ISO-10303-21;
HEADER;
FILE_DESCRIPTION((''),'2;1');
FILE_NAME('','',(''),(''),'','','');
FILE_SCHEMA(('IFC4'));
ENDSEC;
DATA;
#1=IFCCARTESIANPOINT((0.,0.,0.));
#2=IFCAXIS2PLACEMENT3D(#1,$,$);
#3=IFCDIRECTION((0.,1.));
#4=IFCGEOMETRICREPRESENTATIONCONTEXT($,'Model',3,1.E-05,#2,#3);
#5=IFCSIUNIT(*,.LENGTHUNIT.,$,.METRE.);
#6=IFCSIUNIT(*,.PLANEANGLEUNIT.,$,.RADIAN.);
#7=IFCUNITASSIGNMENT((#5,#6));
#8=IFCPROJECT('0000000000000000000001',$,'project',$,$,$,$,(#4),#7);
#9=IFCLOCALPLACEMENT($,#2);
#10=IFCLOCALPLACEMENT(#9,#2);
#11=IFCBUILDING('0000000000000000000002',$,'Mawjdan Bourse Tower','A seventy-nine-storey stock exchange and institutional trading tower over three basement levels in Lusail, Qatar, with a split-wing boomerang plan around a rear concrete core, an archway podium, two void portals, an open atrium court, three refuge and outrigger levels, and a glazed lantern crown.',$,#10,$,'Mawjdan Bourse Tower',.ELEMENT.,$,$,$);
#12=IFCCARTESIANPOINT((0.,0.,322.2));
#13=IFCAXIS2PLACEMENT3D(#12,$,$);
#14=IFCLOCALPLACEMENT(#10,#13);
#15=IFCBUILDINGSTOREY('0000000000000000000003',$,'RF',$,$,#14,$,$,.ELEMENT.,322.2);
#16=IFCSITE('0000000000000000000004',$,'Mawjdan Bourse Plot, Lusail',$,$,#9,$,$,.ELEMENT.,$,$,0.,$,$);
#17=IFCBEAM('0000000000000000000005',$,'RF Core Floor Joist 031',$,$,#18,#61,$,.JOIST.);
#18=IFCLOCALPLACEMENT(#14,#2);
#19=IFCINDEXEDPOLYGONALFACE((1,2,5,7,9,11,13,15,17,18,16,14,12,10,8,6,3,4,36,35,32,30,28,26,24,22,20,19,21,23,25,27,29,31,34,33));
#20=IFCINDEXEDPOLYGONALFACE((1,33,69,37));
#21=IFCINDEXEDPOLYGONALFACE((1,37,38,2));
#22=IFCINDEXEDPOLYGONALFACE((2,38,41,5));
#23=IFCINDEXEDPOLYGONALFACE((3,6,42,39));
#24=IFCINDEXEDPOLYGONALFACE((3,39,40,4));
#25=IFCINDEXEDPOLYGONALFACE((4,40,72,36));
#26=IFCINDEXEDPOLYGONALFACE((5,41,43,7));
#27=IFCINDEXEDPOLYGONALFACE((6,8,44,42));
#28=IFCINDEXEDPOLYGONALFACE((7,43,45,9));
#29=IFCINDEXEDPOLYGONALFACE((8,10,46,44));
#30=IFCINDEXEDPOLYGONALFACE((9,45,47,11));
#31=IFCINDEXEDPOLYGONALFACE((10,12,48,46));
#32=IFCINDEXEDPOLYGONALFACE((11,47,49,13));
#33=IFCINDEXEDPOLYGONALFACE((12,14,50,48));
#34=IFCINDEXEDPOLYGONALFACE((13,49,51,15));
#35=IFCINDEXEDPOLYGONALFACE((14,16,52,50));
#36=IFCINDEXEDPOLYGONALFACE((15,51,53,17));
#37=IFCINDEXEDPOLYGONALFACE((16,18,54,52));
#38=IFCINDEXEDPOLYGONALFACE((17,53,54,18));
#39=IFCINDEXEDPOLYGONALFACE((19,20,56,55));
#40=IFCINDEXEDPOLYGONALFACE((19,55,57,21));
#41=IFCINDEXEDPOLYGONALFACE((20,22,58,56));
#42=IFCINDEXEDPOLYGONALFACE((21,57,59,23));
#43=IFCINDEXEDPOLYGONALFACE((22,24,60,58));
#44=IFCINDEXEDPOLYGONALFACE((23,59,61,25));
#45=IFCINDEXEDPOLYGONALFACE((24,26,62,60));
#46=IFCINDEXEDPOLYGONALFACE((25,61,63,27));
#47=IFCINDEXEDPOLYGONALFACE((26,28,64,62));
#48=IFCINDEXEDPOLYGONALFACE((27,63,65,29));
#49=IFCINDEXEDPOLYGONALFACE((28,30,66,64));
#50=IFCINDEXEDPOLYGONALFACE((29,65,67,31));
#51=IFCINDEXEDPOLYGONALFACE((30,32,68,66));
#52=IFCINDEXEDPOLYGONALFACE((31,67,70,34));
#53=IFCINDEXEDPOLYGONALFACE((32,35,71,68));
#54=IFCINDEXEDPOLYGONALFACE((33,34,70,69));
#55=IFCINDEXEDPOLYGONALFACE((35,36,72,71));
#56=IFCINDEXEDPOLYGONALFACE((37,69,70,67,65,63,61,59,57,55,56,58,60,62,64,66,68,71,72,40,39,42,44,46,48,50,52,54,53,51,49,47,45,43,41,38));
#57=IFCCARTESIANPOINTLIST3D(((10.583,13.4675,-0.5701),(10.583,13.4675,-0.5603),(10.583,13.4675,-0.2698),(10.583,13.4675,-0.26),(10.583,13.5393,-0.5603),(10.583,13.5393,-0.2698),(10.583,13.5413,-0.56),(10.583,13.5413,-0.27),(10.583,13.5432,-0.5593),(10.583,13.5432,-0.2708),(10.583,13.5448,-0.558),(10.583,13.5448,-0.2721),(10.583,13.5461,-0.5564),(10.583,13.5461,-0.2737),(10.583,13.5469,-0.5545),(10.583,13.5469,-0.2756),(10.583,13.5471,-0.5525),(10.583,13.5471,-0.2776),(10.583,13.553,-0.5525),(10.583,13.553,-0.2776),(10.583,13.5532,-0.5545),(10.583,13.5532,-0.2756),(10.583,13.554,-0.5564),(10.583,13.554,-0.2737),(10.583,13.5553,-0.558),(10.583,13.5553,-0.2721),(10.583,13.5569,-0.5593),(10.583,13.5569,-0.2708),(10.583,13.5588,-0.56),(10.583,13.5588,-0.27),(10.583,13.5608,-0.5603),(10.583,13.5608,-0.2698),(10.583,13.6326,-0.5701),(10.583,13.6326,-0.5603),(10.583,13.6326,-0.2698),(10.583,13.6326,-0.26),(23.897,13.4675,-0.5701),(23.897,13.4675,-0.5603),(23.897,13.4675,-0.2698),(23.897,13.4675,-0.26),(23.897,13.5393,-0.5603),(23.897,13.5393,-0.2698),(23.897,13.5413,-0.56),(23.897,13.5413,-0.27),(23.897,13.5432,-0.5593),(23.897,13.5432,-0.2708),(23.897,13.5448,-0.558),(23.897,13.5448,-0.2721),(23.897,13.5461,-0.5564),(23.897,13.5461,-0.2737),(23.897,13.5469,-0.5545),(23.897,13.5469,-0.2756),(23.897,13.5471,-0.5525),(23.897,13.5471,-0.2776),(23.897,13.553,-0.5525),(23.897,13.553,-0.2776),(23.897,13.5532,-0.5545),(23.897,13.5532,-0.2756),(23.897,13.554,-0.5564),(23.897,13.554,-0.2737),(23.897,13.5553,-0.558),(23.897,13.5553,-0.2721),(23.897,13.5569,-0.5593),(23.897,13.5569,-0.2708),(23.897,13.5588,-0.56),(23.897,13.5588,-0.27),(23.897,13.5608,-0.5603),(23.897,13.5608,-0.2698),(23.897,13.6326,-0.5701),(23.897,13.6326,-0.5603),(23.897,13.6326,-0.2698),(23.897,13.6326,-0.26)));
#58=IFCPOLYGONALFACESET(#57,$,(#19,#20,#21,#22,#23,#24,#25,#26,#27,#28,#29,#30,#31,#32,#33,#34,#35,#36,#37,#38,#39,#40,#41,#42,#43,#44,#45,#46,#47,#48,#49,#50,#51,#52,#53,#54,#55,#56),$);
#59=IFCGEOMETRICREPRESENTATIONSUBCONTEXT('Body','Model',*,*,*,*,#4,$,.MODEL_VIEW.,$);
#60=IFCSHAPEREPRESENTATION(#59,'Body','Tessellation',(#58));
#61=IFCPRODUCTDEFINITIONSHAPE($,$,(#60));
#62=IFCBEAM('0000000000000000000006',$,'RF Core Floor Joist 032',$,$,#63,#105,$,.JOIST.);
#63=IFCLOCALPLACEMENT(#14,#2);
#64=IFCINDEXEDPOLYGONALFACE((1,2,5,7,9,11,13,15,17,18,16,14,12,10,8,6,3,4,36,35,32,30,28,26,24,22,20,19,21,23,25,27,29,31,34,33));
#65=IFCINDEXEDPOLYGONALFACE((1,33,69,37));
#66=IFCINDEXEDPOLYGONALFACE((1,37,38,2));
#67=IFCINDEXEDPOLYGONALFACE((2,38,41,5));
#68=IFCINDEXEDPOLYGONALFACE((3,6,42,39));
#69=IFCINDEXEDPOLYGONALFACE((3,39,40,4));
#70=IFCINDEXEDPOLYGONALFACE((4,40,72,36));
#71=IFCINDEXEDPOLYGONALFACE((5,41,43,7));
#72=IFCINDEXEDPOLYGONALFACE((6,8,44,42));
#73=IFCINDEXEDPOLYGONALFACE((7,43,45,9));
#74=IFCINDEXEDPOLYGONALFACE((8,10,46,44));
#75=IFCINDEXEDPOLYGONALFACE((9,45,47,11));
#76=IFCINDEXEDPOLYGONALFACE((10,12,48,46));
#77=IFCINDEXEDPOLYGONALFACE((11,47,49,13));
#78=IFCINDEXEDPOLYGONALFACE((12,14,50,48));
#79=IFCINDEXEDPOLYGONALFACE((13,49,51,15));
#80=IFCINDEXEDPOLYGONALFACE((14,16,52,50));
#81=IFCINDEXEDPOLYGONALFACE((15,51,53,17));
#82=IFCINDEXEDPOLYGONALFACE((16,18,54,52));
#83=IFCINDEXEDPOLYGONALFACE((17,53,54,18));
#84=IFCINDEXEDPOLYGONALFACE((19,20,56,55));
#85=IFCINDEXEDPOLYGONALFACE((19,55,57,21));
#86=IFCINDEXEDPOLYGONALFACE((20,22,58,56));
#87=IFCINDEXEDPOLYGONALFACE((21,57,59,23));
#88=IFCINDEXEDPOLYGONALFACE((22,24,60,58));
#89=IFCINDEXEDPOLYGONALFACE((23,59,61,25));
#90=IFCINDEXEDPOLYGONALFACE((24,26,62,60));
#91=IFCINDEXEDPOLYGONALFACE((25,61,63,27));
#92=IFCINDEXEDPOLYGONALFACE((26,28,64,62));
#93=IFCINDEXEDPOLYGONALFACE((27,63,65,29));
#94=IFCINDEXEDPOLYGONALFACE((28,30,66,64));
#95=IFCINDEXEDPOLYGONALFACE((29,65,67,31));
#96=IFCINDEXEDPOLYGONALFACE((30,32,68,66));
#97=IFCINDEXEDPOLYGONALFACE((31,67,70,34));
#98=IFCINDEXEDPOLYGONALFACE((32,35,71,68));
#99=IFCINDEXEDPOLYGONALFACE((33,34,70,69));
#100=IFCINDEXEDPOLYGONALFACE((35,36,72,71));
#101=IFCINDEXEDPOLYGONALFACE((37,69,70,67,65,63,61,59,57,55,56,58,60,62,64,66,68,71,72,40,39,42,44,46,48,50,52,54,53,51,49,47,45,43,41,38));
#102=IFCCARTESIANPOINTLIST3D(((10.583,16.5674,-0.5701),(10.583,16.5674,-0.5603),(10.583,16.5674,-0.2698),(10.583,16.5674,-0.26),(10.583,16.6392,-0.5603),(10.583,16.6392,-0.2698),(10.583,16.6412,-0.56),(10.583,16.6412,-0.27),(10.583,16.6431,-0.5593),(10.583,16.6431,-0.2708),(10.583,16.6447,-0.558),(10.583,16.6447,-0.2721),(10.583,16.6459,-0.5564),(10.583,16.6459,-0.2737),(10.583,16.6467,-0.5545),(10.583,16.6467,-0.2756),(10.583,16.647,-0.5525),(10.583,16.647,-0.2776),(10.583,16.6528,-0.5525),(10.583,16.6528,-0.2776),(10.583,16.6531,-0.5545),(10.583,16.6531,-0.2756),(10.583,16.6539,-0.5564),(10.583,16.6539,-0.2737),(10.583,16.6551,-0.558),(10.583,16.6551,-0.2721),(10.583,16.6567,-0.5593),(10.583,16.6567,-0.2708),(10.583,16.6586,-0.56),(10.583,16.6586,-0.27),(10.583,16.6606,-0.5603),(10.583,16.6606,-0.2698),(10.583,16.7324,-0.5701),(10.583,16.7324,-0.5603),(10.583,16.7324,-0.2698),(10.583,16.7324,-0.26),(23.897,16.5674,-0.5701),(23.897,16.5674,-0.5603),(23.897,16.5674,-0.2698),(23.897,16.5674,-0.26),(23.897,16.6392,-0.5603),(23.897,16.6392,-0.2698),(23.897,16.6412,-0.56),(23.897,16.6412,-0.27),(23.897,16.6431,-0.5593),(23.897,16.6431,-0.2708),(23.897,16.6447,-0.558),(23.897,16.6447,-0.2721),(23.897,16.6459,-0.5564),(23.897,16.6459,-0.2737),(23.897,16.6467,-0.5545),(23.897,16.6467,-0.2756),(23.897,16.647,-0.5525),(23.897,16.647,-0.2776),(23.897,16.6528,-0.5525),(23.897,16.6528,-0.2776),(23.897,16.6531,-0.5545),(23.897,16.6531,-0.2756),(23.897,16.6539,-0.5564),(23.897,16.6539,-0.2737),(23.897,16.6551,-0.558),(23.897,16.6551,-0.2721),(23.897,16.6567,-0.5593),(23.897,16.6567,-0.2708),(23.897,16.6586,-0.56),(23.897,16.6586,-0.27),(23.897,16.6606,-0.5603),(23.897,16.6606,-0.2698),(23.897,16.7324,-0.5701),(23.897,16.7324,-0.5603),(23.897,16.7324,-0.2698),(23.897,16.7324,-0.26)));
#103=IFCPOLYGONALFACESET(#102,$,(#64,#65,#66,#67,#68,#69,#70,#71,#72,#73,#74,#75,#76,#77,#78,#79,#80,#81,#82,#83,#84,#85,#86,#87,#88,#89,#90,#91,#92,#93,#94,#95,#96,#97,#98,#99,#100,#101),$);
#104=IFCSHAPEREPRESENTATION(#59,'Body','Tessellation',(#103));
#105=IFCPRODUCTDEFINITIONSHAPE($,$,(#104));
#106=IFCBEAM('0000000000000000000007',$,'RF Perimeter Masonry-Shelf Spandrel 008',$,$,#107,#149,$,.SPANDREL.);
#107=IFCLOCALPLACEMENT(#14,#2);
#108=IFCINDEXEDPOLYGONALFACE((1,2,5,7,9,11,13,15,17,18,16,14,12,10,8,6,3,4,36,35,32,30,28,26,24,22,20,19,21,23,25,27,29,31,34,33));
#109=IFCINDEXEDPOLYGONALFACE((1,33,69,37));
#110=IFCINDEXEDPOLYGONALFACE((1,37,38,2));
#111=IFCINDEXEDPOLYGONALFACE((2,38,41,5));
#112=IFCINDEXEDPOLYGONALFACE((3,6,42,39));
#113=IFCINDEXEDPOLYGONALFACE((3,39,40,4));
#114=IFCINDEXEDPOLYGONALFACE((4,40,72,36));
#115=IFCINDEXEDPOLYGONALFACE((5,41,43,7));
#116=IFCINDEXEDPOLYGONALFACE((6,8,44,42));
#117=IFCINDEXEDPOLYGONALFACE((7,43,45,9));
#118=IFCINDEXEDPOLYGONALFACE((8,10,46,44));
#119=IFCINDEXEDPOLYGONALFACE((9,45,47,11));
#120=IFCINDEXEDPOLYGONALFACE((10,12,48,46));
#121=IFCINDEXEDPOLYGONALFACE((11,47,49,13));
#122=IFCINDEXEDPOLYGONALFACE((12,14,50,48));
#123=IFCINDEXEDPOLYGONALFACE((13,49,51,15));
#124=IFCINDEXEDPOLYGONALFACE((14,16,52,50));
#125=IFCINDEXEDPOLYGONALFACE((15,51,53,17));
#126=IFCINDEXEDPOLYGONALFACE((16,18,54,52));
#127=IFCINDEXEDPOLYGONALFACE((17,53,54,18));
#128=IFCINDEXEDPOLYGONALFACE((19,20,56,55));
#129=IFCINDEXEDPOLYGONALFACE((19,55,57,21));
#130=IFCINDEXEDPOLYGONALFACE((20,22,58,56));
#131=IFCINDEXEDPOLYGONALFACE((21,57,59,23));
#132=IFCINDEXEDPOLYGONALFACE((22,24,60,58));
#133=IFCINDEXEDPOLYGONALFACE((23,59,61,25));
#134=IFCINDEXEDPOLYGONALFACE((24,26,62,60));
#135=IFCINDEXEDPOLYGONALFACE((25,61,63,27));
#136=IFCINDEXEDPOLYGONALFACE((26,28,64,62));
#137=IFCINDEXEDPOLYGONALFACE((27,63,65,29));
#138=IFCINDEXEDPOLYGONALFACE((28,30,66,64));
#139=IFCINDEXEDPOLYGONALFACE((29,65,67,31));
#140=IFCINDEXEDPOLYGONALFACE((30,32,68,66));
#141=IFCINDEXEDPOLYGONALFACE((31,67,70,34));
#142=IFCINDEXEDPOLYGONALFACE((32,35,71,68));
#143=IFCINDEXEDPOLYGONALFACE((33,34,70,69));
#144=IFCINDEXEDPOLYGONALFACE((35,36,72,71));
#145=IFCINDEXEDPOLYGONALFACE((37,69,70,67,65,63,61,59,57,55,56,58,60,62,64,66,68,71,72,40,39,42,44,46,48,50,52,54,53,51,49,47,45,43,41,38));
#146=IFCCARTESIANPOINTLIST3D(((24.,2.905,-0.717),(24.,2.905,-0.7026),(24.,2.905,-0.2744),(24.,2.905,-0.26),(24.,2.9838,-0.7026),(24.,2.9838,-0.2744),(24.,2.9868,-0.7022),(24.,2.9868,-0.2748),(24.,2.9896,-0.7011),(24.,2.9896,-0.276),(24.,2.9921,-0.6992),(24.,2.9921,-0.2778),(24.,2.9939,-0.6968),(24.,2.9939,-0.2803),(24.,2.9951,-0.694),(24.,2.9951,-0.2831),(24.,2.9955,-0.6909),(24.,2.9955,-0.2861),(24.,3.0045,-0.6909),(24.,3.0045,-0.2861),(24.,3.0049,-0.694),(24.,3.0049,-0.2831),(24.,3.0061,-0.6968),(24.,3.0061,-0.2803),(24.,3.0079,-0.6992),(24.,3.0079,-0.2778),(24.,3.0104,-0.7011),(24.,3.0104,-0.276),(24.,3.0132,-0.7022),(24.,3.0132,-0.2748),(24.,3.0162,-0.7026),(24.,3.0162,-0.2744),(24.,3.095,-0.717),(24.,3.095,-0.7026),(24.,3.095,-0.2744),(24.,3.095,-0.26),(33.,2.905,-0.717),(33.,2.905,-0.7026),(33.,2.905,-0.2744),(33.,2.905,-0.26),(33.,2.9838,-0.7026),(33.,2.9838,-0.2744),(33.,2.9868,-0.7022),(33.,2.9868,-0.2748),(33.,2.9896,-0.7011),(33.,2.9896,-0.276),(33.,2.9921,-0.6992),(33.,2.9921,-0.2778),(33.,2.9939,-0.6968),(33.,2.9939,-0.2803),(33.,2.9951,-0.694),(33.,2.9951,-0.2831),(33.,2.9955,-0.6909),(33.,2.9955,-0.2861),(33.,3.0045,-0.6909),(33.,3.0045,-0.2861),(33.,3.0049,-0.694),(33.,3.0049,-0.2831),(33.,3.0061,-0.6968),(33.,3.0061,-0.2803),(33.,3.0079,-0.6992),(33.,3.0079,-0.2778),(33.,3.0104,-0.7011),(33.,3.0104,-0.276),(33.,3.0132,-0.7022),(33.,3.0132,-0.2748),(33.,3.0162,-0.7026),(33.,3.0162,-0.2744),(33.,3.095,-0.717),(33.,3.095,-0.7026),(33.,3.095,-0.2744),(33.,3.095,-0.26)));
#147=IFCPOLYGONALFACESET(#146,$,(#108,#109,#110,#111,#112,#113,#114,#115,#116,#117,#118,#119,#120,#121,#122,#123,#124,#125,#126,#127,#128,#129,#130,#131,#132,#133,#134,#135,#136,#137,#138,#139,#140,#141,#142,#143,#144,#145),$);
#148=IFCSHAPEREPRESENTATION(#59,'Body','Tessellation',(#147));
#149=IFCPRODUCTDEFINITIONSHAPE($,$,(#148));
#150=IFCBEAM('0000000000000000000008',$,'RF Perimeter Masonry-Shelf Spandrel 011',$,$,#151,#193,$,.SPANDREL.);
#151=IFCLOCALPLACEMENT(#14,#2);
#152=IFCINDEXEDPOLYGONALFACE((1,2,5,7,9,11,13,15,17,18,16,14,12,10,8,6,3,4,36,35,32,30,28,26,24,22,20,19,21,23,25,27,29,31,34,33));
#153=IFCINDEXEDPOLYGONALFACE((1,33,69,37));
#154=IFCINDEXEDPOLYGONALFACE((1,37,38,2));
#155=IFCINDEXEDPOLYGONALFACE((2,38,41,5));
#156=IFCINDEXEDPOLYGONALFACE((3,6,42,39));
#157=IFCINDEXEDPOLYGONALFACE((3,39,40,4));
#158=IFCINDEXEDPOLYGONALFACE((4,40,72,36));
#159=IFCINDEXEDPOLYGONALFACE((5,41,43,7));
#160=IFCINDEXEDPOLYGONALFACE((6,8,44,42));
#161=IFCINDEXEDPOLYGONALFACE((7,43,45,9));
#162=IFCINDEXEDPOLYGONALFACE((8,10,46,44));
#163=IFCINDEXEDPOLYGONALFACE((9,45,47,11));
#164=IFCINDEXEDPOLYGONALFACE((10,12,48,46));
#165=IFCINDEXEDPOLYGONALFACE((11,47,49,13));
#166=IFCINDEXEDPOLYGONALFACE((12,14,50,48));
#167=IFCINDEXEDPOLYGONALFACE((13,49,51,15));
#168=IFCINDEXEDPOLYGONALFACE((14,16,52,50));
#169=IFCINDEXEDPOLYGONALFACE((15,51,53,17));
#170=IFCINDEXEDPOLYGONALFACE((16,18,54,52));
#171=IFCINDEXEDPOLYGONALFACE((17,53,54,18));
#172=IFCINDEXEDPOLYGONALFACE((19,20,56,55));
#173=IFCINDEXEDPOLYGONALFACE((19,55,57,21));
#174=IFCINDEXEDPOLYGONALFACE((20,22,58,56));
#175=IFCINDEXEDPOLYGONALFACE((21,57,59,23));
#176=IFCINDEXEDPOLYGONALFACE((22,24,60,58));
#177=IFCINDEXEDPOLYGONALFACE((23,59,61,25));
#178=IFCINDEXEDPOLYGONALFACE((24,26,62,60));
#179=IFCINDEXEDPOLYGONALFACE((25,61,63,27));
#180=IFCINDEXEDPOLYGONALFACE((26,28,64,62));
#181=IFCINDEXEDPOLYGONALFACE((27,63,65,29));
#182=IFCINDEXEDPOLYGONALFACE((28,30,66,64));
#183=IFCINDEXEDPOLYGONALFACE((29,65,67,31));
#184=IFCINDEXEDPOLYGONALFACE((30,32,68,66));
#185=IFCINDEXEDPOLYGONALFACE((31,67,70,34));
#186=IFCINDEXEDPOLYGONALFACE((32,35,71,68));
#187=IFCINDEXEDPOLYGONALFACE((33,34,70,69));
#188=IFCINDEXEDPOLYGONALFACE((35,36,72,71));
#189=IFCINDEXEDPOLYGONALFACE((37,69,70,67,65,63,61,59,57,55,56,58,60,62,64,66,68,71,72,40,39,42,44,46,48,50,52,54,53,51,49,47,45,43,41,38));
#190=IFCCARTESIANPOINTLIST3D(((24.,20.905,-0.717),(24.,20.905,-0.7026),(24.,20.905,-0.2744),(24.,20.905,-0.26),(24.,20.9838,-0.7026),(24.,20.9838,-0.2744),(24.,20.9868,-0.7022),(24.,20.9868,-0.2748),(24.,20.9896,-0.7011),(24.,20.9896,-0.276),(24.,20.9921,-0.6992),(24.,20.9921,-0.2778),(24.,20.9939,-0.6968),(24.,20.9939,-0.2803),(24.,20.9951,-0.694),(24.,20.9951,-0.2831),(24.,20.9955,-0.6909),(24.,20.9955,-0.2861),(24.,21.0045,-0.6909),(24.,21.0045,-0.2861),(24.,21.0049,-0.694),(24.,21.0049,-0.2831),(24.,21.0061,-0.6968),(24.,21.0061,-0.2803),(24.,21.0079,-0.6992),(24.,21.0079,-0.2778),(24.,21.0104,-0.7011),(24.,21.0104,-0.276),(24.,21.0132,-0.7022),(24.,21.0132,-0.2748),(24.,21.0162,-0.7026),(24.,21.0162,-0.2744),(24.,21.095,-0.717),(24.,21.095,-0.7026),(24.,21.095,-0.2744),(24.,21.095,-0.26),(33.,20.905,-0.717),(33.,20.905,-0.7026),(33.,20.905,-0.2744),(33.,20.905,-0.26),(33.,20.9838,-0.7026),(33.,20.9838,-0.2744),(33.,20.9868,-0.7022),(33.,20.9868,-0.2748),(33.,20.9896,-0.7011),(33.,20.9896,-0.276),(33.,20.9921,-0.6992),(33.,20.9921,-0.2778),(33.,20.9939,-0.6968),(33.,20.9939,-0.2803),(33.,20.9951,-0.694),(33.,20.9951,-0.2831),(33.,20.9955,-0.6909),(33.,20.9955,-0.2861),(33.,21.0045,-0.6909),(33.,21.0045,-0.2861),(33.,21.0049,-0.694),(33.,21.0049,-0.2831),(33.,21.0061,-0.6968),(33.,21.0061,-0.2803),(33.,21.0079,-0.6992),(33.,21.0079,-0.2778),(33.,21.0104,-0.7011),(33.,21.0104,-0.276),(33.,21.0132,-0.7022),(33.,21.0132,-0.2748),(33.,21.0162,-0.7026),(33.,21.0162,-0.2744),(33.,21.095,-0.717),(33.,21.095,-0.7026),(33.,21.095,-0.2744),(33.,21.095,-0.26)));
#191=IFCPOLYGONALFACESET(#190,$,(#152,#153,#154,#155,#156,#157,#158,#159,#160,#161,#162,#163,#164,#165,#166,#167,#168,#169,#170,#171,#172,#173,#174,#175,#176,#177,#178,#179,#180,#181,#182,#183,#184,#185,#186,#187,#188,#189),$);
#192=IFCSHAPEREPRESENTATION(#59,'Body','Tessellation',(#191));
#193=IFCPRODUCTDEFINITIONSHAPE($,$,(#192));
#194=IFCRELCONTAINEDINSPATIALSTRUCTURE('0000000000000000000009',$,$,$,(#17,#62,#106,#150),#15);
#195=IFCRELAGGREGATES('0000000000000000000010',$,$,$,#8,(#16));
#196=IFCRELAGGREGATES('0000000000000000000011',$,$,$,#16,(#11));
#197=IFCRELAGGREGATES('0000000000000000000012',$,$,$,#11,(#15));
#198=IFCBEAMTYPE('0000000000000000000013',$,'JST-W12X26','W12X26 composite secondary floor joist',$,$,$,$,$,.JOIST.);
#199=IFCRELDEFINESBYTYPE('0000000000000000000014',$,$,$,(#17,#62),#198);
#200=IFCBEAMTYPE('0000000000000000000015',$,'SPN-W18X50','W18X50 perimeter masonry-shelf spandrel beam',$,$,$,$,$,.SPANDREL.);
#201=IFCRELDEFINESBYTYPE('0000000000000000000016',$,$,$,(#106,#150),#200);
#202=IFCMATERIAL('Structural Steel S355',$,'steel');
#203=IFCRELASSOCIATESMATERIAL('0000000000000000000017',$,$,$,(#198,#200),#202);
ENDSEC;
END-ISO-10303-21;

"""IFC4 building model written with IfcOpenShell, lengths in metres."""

from ifc_helpers import new_model, si_unit, direction, frame, origin, origin_2d, place, context, subcontext, project, spatial, i_section, extrude, material, material_profile, profile_set, type_object, element, save


model = new_model("IFC4")

# Units and contexts
model_context = context("Model", 3, precision=1e-05, world=origin(), true_north=direction((0.0, 1.0)))
body_context = subcontext(model_context, "Body", "Model", "MODEL_VIEW")
ifc_project = project(units=[si_unit("LENGTHUNIT", "METRE"), si_unit("PLANEANGLEUNIT", "RADIAN")], contexts=[model_context])

# Site, building, storey
site_placement = place(None, origin())
site = spatial("IfcSite", under=ifc_project, at=site_placement, Name="Mawjdan Bourse Plot, Lusail", CompositionType="ELEMENT", RefElevation=0.0)
building_placement = place(site_placement, origin())
building = spatial("IfcBuilding", under=site, at=building_placement, Name="Mawjdan Bourse Tower", Description="A seventy-nine-storey stock exchange and institutional trading tower over three basement levels in Lusail, Qatar, with a split-wing boomerang plan around a rear concrete core, an archway podium, two void portals, an open atrium court, three refuge and outrigger levels, and a glazed lantern crown.", LongName="Mawjdan Bourse Tower", CompositionType="ELEMENT")
storey_placement = place(building_placement, frame((0.0, 0.0, 322.2)))
storey = spatial("IfcBuildingStorey", under=building, at=storey_placement, Name="RF", CompositionType="ELEMENT", Elevation=322.2)

# Beams
ifc_material_1 = material(Name="Structural Steel S355", Category="steel")
ifc_material_profile_1 = material_profile(ifc_material_1, i_section(OverallWidth=0.165, OverallDepth=0.3101, WebThickness=0.0059, FlangeThickness=0.0098, FilletRadius=0.0078, at=origin_2d()), Name="W12X26")
ifc_profile_set_1 = profile_set([ifc_material_profile_1], Name="Structural Steel S355")
beam_type_1 = type_object("IfcBeamType", Name="JST-W12X26", Description="W12X26 composite secondary floor joist", PredefinedType="JOIST", material=ifc_profile_set_1)
for number, where, z_axis, x_axis, name in (
    (1, (10.583, 13.55, -0.415), (1.0, 0.0, 0.0), (0.0, 1.0, 0.0), "RF Core Floor Joist 031"),
    (2, (10.583, 16.6499, -0.415), (1.0, 0.0, 0.0), (0.0, 1.0, 0.0), "RF Core Floor Joist 032"),
):
    element("IfcBeam", number, at=place(storey_placement, frame(where, z_axis=z_axis, x_axis=x_axis)), inside=storey, type_object=beam_type_1, Name=name, PredefinedType="JOIST", context=body_context, shape_type="SweptSolid", body=[
        extrude(i_section(OverallWidth=0.165, OverallDepth=0.3101, WebThickness=0.0059, FlangeThickness=0.0098, FilletRadius=0.0078, at=origin_2d()), origin(), (0.0, 0.0, 1.0), 13.314),
    ])
ifc_material_profile_2 = material_profile(ifc_material_1, i_section(OverallWidth=0.1899, OverallDepth=0.457, WebThickness=0.009, FlangeThickness=0.0144, FilletRadius=0.0117, at=origin_2d()), Name="W18X50")
ifc_profile_set_2 = profile_set([ifc_material_profile_2], Name="Structural Steel S355")
beam_type_2 = type_object("IfcBeamType", Name="SPN-W18X50", Description="W18X50 perimeter masonry-shelf spandrel beam", PredefinedType="SPANDREL", material=ifc_profile_set_2)
for number, where, z_axis, x_axis, name in (
    (3, (24.0, 3.0, -0.4885), (1.0, 0.0, 0.0), (0.0, 1.0, 0.0), "RF Perimeter Masonry-Shelf Spandrel 008"),
    (4, (24.0, 21.0, -0.4885), (1.0, 0.0, 0.0), (0.0, 1.0, 0.0), "RF Perimeter Masonry-Shelf Spandrel 011"),
):
    element("IfcBeam", number, at=place(storey_placement, frame(where, z_axis=z_axis, x_axis=x_axis)), inside=storey, type_object=beam_type_2, Name=name, PredefinedType="SPANDREL", context=body_context, shape_type="SweptSolid", body=[
        extrude(i_section(OverallWidth=0.1899, OverallDepth=0.457, WebThickness=0.009, FlangeThickness=0.0144, FilletRadius=0.0117, at=origin_2d()), origin(), (0.0, 0.0, 1.0), 9.0),
    ])

save(model, "model.ifc")
